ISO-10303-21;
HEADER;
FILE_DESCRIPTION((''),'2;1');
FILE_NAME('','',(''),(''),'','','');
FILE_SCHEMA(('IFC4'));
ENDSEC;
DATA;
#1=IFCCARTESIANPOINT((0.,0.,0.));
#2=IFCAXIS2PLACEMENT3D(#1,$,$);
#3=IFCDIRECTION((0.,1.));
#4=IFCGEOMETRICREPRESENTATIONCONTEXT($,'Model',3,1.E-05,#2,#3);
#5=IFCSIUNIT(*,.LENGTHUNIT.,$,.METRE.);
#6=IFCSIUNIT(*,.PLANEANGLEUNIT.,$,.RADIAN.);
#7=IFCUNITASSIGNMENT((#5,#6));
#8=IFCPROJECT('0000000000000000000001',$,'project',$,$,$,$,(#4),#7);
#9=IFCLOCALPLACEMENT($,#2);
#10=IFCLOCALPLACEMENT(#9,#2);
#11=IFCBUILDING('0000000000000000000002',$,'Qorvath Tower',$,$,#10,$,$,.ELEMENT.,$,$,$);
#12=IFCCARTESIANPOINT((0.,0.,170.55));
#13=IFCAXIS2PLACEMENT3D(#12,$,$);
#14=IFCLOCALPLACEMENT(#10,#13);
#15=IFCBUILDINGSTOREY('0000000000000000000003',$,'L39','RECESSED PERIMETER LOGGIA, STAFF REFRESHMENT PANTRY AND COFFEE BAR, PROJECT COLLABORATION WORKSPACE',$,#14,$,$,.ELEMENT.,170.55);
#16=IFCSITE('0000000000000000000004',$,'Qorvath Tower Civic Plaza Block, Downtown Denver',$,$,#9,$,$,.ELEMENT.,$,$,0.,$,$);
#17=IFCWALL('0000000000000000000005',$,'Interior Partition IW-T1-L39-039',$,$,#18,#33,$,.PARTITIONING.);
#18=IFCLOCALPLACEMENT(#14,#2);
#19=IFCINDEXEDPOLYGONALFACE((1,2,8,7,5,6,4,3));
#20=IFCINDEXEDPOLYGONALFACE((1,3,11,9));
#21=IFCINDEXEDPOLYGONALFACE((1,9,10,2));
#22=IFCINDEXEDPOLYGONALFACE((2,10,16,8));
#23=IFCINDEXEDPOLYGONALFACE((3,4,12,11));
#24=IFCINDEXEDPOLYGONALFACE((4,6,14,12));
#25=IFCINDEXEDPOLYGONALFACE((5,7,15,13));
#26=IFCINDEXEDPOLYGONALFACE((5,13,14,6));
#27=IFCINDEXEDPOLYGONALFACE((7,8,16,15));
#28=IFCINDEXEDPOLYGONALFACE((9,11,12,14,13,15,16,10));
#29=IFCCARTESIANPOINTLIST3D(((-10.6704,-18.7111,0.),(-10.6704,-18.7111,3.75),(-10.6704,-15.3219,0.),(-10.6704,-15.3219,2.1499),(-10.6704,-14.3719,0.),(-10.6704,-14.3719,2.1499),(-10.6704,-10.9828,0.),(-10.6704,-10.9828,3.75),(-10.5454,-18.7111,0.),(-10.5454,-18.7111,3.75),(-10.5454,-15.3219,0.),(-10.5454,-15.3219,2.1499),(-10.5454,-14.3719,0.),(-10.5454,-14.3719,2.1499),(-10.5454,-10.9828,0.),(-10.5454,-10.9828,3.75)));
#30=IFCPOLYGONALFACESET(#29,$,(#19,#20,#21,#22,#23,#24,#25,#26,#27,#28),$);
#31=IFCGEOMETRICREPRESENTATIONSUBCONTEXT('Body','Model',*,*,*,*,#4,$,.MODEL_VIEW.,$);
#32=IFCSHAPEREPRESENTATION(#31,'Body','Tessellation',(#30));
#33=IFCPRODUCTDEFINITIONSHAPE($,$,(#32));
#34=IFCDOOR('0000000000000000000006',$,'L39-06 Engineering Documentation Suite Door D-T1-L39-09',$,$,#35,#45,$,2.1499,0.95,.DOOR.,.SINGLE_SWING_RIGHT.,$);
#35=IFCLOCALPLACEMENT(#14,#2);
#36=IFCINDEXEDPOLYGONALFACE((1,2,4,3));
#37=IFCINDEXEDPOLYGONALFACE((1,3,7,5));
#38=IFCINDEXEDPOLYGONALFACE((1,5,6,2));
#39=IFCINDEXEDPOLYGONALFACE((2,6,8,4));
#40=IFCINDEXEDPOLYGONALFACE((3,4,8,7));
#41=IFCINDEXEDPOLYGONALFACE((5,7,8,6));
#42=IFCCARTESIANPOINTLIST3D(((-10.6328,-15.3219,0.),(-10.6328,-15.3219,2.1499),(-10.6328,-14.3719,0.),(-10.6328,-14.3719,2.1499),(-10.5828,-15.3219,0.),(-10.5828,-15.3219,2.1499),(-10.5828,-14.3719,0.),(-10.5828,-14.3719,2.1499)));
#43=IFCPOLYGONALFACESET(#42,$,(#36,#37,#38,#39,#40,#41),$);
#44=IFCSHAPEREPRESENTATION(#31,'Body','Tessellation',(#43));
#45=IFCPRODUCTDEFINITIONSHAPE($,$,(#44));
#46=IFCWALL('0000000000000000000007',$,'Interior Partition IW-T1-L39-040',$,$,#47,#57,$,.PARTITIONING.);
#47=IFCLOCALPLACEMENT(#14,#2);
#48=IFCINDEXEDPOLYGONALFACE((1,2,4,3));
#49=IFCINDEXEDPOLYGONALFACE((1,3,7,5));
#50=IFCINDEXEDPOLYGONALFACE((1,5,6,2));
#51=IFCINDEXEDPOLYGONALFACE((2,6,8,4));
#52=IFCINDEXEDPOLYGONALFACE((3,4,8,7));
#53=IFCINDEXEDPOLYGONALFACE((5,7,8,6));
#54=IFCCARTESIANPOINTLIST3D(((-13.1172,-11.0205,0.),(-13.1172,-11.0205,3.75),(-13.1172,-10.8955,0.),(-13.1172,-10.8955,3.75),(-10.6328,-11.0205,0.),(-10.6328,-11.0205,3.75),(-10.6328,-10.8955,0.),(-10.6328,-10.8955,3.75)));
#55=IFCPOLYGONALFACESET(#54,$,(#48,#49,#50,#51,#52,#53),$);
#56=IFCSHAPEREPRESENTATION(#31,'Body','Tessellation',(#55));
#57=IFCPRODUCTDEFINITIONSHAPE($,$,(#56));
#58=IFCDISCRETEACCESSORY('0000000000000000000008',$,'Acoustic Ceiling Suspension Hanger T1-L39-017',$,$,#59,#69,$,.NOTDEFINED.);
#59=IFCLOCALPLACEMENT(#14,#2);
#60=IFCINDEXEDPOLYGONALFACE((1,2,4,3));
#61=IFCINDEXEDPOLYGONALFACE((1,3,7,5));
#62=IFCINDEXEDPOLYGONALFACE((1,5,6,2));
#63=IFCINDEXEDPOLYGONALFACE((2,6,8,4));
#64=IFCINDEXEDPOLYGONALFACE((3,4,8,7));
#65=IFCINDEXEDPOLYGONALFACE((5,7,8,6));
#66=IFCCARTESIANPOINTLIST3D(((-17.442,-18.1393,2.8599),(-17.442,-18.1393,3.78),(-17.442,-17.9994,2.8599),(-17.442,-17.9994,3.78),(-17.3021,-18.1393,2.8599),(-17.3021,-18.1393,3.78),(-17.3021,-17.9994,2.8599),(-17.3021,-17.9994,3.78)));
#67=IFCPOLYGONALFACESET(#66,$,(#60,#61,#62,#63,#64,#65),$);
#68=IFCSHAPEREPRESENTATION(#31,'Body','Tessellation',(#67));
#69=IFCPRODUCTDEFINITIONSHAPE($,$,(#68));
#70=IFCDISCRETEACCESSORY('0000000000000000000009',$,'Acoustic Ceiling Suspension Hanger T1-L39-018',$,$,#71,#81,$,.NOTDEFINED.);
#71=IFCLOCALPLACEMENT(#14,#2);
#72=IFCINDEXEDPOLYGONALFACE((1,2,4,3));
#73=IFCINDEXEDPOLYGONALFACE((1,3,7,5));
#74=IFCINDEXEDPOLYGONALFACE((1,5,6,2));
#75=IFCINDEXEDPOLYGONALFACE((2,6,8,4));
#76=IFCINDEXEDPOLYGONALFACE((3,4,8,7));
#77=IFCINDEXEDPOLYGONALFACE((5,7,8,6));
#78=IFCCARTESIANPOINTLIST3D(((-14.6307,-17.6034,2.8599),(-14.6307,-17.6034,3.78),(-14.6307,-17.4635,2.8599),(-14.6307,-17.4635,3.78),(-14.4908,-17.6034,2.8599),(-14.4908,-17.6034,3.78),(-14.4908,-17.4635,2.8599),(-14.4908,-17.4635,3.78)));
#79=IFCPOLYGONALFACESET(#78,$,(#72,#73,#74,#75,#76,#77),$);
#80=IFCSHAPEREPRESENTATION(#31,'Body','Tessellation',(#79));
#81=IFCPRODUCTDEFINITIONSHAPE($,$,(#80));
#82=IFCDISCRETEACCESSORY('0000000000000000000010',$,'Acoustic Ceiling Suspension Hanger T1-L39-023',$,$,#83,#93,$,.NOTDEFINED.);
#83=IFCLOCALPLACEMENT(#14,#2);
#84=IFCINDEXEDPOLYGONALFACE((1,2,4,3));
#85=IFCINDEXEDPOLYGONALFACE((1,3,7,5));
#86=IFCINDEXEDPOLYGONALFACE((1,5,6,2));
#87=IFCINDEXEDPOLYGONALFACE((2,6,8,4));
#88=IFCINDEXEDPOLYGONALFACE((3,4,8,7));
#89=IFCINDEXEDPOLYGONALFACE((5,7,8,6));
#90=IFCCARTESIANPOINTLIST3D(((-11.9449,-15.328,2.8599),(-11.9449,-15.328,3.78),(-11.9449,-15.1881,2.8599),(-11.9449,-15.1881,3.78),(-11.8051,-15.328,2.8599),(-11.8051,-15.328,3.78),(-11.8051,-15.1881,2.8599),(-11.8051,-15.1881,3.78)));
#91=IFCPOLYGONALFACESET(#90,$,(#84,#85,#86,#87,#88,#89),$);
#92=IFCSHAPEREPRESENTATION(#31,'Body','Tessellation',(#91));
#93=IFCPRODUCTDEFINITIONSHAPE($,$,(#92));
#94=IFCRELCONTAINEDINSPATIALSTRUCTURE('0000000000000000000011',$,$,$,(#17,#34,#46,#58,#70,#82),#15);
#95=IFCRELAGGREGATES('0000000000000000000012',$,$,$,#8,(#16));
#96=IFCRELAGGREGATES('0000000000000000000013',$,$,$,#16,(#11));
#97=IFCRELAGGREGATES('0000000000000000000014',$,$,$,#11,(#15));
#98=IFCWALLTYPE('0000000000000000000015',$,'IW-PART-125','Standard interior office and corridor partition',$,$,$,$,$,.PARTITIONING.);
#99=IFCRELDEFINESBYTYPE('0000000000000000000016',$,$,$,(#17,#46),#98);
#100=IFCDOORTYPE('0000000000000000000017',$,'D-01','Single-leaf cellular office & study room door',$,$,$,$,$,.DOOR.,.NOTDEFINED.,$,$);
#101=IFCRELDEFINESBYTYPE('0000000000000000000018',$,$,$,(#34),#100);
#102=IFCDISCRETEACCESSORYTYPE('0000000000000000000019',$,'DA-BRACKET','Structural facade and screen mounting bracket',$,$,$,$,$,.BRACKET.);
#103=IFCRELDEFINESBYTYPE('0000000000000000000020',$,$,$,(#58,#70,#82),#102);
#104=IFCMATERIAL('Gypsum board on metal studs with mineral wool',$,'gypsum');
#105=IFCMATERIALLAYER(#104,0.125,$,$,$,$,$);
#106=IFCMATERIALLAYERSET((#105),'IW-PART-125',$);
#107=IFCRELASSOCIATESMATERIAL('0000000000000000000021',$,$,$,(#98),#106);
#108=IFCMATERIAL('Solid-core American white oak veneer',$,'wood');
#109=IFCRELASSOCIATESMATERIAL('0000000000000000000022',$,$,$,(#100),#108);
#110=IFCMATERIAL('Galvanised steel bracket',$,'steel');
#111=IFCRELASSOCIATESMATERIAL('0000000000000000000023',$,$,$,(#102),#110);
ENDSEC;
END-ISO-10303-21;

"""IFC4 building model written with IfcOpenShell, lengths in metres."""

from ifc_helpers import new_model, si_unit, direction, frame, frame_2d, origin, origin_2d, place, context, subcontext, project, spatial, rectangle, extrude, material, layer, layer_set, type_object, element, fill, save


model = new_model("IFC4")

# Units and contexts
model_context = context("Model", 3, precision=1e-05, world=origin(), true_north=direction((0.0, 1.0)))
body_context = subcontext(model_context, "Body", "Model", "MODEL_VIEW")
ifc_project = project(units=[si_unit("LENGTHUNIT", "METRE"), si_unit("PLANEANGLEUNIT", "RADIAN")], contexts=[model_context])

# Site, building, storey
site_placement = place(None, origin())
site = spatial("IfcSite", under=ifc_project, at=site_placement, Name="Qorvath Tower Civic Plaza Block, Downtown Denver", CompositionType="ELEMENT", RefElevation=0.0)
building_placement = place(site_placement, origin())
building = spatial("IfcBuilding", under=site, at=building_placement, Name="Qorvath Tower", CompositionType="ELEMENT")
storey_placement = place(building_placement, frame((0.0, 0.0, 170.55)))
storey = spatial("IfcBuildingStorey", under=building, at=storey_placement, Name="L39", Description="RECESSED PERIMETER LOGGIA, STAFF REFRESHMENT PANTRY AND COFFEE BAR, PROJECT COLLABORATION WORKSPACE", CompositionType="ELEMENT", Elevation=170.55)

# Shared definitions
ifc_material_1 = material(Name="Gypsum board on metal studs with mineral wool", Category="gypsum")
ifc_layer_1 = layer(ifc_material_1, 0.125)
ifc_layer_set_1 = layer_set([ifc_layer_1], Name="IW-PART-125")
wall_type_1 = type_object("IfcWallType", Name="IW-PART-125", Description="Standard interior office and corridor partition", PredefinedType="PARTITIONING", material=ifc_layer_set_1)

# Shared definitions
ifc_material_2 = material(Name="Solid-core American white oak veneer", Category="wood")
door_type_1 = type_object("IfcDoorType", Name="D-01", Description="Single-leaf cellular office & study room door", OperationType="NOTDEFINED", PredefinedType="DOOR", material=ifc_material_2)

# Wall, opening, door
wall_1_placement = place(storey_placement, frame((-10.6079, -18.7112, 0.0), z_axis=(0.0, 0.0, 1.0), x_axis=(0.0, 1.0, 0.0)))
wall_1 = element("IfcWall", 1, at=wall_1_placement, inside=storey, type_object=wall_type_1, Name="Interior Partition IW-T1-L39-039", PredefinedType="PARTITIONING", context=body_context, shape_type="SweptSolid", body=[
    extrude(rectangle(XDim=7.7283, YDim=0.125, at=frame_2d((3.8643, 0.0))), origin(), (0.0, 0.0, 1.0), 3.75),
])
opening_1_placement = place(wall_1_placement, frame((3.3892, 0.0, 0.0)))
opening_1 = element("IfcOpeningElement", 2, at=opening_1_placement, cuts=wall_1, PredefinedType="OPENING", context=body_context, shape_type="SweptSolid", body=[
    extrude(rectangle(XDim=0.95, YDim=2.1499, at=frame_2d((0.4751, 1.075))), frame((0.0, 0.0725, 0.0), z_axis=(0.0, -1.0, 0.0), x_axis=(1.0, 0.0, 0.0)), (0.0, 0.0, 1.0), 0.145),
])
door_1_placement = place(opening_1_placement, origin())
door_1 = element("IfcDoor", 3, at=door_1_placement, inside=storey, type_object=door_type_1, Name="L39-06 Engineering Documentation Suite Door D-T1-L39-09", OperationType="SINGLE_SWING_RIGHT", OverallHeight=2.1499, OverallWidth=0.95, PredefinedType="DOOR", context=body_context, shape_type="SweptSolid", body=[
    extrude(rectangle(XDim=0.95, YDim=2.1499, at=frame_2d((0.4751, 1.075))), frame((0.0, 0.0249, 0.0), z_axis=(0.0, -1.0, 0.0), x_axis=(1.0, 0.0, 0.0)), (0.0, 0.0, 1.0), 0.05),
])
fill(opening_1, door_1)

# Wall
wall_2_placement = place(storey_placement, frame((-10.6328, -10.958, 0.0), z_axis=(0.0, 0.0, 1.0), x_axis=(-1.0, 0.0, 0.0)))
element("IfcWall", 4, at=wall_2_placement, inside=storey, type_object=wall_type_1, Name="Interior Partition IW-T1-L39-040", PredefinedType="PARTITIONING", context=body_context, shape_type="SweptSolid", body=[
    extrude(rectangle(XDim=2.4844, YDim=0.125, at=frame_2d((1.2422, 0.0))), origin(), (0.0, 0.0, 1.0), 3.75),
])

# Discrete accessories
ifc_material_3 = material(Name="Galvanised steel bracket", Category="steel")
discrete_accessory_type = type_object("IfcDiscreteAccessoryType", Name="DA-BRACKET", Description="Structural facade and screen mounting bracket", PredefinedType="BRACKET", material=ifc_material_3)
for number, where, z_axis, x_axis, name in (
    (5, (-17.3721, -18.0693, 2.8599), (0.0, 0.0, 1.0), (1.0, 0.0, 0.0), "Acoustic Ceiling Suspension Hanger T1-L39-017"),
    (6, (-14.5608, -17.5334, 2.8599), (0.0, 0.0, 1.0), (1.0, 0.0, 0.0), "Acoustic Ceiling Suspension Hanger T1-L39-018"),
    (7, (-11.875, -15.2581, 2.8599), (0.0, 0.0, 1.0), (1.0, 0.0, 0.0), "Acoustic Ceiling Suspension Hanger T1-L39-023"),
):
    element("IfcDiscreteAccessory", number, at=place(storey_placement, frame(where, z_axis=z_axis, x_axis=x_axis)), inside=storey, type_object=discrete_accessory_type, Name=name, PredefinedType="NOTDEFINED", context=body_context, shape_type="SweptSolid", body=[
        extrude(rectangle(XDim=0.1399, YDim=0.1399, at=origin_2d()), origin(), (0.0, 0.0, 1.0), 0.9202),
    ])

save(model, "model.ifc")
